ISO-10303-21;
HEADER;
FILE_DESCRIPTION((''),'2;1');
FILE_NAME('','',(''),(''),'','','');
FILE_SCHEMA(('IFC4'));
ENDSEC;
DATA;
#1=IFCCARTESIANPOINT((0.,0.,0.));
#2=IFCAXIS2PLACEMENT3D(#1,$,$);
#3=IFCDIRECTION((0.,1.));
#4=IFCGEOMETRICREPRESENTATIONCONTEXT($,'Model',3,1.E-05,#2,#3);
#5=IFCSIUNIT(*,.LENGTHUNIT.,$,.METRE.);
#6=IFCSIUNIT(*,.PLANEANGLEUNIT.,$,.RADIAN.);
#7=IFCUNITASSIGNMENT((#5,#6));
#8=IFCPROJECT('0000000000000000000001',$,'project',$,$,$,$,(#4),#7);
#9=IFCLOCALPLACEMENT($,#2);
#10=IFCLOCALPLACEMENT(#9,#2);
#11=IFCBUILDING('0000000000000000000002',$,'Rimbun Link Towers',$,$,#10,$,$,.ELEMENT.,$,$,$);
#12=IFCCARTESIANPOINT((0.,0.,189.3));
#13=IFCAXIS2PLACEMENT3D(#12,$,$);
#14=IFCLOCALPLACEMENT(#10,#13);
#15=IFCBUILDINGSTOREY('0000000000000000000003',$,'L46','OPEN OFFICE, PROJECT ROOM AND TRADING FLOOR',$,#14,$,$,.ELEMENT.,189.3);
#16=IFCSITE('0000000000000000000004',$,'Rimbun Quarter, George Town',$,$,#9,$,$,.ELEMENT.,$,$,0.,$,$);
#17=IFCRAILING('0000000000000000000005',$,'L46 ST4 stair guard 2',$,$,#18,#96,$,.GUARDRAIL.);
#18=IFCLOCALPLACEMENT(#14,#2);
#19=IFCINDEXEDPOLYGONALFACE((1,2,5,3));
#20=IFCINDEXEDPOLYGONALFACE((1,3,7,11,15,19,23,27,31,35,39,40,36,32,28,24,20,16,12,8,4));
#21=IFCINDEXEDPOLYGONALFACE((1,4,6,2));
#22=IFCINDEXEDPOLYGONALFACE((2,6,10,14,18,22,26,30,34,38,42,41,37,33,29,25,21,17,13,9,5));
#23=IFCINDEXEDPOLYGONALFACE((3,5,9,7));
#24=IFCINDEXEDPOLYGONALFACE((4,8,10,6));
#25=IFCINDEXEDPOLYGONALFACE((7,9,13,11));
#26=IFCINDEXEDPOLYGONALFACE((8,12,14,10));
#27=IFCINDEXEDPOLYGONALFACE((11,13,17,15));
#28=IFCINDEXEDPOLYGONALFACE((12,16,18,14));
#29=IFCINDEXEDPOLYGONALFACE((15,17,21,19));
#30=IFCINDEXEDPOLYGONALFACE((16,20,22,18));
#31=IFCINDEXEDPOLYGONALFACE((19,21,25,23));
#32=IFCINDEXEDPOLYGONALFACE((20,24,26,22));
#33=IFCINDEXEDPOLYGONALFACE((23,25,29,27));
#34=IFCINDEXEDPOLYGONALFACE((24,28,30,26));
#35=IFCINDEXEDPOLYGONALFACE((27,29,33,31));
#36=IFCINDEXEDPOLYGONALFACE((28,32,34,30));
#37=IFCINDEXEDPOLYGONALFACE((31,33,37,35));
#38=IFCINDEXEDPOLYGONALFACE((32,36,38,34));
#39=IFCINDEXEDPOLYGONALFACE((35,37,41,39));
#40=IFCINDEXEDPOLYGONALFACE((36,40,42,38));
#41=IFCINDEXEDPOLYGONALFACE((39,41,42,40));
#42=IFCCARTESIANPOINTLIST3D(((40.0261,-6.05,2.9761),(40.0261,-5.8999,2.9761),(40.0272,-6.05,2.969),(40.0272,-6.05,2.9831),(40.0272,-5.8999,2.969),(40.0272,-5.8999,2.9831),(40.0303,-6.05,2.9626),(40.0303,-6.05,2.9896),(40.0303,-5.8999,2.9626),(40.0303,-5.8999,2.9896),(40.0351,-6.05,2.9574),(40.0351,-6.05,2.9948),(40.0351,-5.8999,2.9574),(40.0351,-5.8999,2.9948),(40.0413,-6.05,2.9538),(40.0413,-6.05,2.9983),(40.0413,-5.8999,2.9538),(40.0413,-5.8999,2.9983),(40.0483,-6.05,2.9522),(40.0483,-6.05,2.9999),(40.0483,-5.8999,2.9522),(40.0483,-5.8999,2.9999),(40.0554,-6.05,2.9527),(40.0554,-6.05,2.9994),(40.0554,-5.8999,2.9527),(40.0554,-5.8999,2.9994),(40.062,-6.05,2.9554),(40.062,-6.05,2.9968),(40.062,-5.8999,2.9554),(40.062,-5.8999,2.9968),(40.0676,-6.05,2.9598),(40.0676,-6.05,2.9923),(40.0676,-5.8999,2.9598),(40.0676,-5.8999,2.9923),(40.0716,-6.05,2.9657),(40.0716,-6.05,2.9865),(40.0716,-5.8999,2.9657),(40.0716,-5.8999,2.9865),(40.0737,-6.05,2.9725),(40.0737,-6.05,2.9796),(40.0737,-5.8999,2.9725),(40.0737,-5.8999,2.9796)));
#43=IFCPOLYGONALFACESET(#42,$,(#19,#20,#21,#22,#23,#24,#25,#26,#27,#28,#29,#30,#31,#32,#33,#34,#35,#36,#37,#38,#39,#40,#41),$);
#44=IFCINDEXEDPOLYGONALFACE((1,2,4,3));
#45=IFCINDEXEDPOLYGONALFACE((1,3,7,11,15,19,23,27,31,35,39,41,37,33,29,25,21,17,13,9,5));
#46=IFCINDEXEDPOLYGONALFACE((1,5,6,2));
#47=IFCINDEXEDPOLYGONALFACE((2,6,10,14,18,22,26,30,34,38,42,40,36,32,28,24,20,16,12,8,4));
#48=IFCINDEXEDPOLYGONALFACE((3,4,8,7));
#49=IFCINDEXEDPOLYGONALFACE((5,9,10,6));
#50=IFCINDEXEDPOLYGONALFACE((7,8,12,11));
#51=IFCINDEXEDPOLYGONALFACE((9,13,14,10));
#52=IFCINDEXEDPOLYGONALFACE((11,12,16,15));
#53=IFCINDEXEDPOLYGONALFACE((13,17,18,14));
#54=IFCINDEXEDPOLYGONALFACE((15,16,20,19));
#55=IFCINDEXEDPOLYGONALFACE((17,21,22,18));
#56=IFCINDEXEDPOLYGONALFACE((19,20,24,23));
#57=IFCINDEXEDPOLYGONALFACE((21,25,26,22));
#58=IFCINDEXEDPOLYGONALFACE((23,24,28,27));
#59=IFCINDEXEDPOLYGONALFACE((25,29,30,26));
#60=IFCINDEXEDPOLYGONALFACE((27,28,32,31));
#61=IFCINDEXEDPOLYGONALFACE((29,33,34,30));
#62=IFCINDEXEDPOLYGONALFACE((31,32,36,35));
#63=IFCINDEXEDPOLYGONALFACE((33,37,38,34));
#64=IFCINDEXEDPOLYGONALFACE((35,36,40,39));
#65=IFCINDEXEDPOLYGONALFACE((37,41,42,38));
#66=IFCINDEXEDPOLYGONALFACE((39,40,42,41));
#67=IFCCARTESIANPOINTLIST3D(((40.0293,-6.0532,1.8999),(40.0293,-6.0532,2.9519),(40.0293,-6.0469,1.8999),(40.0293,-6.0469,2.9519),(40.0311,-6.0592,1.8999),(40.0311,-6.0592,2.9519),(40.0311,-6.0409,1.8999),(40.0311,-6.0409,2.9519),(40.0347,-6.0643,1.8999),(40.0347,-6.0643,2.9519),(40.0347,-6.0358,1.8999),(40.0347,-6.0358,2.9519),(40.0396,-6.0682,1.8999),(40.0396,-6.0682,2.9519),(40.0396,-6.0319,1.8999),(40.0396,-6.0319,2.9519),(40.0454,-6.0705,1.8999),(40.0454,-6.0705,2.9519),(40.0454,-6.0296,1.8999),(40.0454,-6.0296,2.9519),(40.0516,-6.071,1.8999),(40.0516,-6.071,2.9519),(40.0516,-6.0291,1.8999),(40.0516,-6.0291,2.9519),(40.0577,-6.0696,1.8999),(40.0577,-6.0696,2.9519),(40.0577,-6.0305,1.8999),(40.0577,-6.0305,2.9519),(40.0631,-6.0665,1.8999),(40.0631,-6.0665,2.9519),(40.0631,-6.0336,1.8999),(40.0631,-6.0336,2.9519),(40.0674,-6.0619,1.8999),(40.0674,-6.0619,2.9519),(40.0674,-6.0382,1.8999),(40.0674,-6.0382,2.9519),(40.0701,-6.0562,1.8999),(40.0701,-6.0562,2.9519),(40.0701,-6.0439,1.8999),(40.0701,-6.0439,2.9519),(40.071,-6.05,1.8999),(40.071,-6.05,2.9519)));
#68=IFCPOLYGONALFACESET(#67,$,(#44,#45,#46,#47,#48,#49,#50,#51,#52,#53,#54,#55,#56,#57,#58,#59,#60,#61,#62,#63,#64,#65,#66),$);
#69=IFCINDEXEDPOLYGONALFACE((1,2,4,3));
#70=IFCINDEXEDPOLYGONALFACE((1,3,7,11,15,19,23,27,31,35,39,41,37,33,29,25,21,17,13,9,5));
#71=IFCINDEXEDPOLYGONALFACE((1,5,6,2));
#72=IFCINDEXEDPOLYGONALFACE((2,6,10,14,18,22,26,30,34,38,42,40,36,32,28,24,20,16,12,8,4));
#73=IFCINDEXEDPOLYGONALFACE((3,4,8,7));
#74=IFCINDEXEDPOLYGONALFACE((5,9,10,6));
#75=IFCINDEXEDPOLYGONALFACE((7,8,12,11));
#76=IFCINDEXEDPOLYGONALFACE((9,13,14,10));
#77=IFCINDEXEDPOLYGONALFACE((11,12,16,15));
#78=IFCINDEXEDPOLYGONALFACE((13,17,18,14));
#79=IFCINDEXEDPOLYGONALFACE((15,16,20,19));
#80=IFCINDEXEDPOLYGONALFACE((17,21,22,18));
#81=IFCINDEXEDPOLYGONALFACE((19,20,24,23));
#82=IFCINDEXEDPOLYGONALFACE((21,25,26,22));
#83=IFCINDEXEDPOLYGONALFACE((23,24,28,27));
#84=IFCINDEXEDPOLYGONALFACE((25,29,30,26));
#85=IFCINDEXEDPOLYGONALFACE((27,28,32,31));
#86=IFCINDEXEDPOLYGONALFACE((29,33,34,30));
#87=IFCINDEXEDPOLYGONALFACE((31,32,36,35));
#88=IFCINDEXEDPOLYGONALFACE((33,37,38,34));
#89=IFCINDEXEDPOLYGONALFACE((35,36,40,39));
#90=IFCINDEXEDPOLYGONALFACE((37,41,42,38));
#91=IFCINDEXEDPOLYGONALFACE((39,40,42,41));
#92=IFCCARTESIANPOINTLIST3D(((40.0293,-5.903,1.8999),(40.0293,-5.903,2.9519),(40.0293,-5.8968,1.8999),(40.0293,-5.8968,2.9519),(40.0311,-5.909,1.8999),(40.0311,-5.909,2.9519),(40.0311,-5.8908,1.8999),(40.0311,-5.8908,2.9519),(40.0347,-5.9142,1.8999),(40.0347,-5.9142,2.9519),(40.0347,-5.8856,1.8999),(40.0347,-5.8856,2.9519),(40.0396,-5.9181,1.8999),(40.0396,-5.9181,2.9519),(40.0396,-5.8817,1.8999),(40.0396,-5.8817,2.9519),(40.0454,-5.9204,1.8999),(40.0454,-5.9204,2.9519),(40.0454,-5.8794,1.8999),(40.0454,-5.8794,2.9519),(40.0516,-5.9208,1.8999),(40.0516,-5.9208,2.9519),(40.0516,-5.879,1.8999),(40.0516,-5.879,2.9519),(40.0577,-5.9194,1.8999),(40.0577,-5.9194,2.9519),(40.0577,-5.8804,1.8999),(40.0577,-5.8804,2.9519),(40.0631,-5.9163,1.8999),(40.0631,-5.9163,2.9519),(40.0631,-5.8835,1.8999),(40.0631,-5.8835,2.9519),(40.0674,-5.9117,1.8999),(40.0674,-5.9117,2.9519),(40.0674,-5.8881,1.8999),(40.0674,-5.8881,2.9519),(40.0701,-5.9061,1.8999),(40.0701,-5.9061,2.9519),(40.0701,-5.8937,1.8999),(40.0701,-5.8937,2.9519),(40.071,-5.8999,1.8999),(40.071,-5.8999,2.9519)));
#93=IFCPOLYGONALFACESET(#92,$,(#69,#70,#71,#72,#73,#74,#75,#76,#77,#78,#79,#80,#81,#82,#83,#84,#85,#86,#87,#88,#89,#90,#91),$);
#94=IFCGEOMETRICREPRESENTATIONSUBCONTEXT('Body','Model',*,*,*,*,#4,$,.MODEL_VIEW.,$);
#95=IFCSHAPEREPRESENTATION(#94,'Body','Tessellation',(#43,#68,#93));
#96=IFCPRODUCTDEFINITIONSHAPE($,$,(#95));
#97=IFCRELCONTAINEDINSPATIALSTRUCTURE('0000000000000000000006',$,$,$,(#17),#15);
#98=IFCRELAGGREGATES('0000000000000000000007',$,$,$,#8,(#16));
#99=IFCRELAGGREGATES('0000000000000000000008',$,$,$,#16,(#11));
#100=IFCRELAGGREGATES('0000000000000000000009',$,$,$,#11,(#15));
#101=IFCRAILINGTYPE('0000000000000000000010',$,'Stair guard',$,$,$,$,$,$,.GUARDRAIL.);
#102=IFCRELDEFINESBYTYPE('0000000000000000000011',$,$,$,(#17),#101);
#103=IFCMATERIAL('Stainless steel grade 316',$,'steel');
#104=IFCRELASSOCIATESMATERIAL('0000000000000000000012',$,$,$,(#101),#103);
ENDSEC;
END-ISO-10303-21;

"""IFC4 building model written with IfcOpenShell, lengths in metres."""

from ifc_helpers import new_model, si_unit, direction, frame, origin, origin_2d, place, context, subcontext, project, spatial, circle, extrude, material, type_object, element, save


model = new_model("IFC4")

# Units and contexts
model_context = context("Model", 3, precision=1e-05, world=origin(), true_north=direction((0.0, 1.0)))
body_context = subcontext(model_context, "Body", "Model", "MODEL_VIEW")
ifc_project = project(units=[si_unit("LENGTHUNIT", "METRE"), si_unit("PLANEANGLEUNIT", "RADIAN")], contexts=[model_context])

# Site, building, storey
site_placement = place(None, origin())
site = spatial("IfcSite", under=ifc_project, at=site_placement, Name="Rimbun Quarter, George Town", CompositionType="ELEMENT", RefElevation=0.0)
building_placement = place(site_placement, origin())
building = spatial("IfcBuilding", under=site, at=building_placement, Name="Rimbun Link Towers", CompositionType="ELEMENT")
storey_placement = place(building_placement, frame((0.0, 0.0, 189.3)))
storey = spatial("IfcBuildingStorey", under=building, at=storey_placement, Name="L46", Description="OPEN OFFICE, PROJECT ROOM AND TRADING FLOOR", CompositionType="ELEMENT", Elevation=189.3)

# Railing
ifc_material_1 = material(Name="Stainless steel grade 316", Category="steel")
railing_type_1 = type_object("IfcRailingType", Name="Stair guard", PredefinedType="GUARDRAIL", material=ifc_material_1)
railing_1_placement = place(storey_placement, frame((40.05, -6.05, 1.8999)))
element("IfcRailing", 1, at=railing_1_placement, inside=storey, type_object=railing_type_1, Name="L46 ST4 stair guard 2", PredefinedType="GUARDRAIL", context=body_context, shape_type="SweptSolid", body=[
    extrude(circle(Radius=0.0239, at=origin_2d()), frame((0.0, 0.0, 1.0762), z_axis=(0.0, 1.0, 0.0), x_axis=(-1.0, 0.0, 0.0)), (0.0, 0.0, 1.0), 0.1501),
    extrude(circle(Radius=0.021, at=origin_2d()), origin(), (0.0, 0.0, 1.0), 1.052),
    extrude(circle(Radius=0.021, at=origin_2d()), frame((0.0, 0.1501, 0.0)), (0.0, 0.0, 1.0), 1.052),
])

save(model, "model.ifc")
